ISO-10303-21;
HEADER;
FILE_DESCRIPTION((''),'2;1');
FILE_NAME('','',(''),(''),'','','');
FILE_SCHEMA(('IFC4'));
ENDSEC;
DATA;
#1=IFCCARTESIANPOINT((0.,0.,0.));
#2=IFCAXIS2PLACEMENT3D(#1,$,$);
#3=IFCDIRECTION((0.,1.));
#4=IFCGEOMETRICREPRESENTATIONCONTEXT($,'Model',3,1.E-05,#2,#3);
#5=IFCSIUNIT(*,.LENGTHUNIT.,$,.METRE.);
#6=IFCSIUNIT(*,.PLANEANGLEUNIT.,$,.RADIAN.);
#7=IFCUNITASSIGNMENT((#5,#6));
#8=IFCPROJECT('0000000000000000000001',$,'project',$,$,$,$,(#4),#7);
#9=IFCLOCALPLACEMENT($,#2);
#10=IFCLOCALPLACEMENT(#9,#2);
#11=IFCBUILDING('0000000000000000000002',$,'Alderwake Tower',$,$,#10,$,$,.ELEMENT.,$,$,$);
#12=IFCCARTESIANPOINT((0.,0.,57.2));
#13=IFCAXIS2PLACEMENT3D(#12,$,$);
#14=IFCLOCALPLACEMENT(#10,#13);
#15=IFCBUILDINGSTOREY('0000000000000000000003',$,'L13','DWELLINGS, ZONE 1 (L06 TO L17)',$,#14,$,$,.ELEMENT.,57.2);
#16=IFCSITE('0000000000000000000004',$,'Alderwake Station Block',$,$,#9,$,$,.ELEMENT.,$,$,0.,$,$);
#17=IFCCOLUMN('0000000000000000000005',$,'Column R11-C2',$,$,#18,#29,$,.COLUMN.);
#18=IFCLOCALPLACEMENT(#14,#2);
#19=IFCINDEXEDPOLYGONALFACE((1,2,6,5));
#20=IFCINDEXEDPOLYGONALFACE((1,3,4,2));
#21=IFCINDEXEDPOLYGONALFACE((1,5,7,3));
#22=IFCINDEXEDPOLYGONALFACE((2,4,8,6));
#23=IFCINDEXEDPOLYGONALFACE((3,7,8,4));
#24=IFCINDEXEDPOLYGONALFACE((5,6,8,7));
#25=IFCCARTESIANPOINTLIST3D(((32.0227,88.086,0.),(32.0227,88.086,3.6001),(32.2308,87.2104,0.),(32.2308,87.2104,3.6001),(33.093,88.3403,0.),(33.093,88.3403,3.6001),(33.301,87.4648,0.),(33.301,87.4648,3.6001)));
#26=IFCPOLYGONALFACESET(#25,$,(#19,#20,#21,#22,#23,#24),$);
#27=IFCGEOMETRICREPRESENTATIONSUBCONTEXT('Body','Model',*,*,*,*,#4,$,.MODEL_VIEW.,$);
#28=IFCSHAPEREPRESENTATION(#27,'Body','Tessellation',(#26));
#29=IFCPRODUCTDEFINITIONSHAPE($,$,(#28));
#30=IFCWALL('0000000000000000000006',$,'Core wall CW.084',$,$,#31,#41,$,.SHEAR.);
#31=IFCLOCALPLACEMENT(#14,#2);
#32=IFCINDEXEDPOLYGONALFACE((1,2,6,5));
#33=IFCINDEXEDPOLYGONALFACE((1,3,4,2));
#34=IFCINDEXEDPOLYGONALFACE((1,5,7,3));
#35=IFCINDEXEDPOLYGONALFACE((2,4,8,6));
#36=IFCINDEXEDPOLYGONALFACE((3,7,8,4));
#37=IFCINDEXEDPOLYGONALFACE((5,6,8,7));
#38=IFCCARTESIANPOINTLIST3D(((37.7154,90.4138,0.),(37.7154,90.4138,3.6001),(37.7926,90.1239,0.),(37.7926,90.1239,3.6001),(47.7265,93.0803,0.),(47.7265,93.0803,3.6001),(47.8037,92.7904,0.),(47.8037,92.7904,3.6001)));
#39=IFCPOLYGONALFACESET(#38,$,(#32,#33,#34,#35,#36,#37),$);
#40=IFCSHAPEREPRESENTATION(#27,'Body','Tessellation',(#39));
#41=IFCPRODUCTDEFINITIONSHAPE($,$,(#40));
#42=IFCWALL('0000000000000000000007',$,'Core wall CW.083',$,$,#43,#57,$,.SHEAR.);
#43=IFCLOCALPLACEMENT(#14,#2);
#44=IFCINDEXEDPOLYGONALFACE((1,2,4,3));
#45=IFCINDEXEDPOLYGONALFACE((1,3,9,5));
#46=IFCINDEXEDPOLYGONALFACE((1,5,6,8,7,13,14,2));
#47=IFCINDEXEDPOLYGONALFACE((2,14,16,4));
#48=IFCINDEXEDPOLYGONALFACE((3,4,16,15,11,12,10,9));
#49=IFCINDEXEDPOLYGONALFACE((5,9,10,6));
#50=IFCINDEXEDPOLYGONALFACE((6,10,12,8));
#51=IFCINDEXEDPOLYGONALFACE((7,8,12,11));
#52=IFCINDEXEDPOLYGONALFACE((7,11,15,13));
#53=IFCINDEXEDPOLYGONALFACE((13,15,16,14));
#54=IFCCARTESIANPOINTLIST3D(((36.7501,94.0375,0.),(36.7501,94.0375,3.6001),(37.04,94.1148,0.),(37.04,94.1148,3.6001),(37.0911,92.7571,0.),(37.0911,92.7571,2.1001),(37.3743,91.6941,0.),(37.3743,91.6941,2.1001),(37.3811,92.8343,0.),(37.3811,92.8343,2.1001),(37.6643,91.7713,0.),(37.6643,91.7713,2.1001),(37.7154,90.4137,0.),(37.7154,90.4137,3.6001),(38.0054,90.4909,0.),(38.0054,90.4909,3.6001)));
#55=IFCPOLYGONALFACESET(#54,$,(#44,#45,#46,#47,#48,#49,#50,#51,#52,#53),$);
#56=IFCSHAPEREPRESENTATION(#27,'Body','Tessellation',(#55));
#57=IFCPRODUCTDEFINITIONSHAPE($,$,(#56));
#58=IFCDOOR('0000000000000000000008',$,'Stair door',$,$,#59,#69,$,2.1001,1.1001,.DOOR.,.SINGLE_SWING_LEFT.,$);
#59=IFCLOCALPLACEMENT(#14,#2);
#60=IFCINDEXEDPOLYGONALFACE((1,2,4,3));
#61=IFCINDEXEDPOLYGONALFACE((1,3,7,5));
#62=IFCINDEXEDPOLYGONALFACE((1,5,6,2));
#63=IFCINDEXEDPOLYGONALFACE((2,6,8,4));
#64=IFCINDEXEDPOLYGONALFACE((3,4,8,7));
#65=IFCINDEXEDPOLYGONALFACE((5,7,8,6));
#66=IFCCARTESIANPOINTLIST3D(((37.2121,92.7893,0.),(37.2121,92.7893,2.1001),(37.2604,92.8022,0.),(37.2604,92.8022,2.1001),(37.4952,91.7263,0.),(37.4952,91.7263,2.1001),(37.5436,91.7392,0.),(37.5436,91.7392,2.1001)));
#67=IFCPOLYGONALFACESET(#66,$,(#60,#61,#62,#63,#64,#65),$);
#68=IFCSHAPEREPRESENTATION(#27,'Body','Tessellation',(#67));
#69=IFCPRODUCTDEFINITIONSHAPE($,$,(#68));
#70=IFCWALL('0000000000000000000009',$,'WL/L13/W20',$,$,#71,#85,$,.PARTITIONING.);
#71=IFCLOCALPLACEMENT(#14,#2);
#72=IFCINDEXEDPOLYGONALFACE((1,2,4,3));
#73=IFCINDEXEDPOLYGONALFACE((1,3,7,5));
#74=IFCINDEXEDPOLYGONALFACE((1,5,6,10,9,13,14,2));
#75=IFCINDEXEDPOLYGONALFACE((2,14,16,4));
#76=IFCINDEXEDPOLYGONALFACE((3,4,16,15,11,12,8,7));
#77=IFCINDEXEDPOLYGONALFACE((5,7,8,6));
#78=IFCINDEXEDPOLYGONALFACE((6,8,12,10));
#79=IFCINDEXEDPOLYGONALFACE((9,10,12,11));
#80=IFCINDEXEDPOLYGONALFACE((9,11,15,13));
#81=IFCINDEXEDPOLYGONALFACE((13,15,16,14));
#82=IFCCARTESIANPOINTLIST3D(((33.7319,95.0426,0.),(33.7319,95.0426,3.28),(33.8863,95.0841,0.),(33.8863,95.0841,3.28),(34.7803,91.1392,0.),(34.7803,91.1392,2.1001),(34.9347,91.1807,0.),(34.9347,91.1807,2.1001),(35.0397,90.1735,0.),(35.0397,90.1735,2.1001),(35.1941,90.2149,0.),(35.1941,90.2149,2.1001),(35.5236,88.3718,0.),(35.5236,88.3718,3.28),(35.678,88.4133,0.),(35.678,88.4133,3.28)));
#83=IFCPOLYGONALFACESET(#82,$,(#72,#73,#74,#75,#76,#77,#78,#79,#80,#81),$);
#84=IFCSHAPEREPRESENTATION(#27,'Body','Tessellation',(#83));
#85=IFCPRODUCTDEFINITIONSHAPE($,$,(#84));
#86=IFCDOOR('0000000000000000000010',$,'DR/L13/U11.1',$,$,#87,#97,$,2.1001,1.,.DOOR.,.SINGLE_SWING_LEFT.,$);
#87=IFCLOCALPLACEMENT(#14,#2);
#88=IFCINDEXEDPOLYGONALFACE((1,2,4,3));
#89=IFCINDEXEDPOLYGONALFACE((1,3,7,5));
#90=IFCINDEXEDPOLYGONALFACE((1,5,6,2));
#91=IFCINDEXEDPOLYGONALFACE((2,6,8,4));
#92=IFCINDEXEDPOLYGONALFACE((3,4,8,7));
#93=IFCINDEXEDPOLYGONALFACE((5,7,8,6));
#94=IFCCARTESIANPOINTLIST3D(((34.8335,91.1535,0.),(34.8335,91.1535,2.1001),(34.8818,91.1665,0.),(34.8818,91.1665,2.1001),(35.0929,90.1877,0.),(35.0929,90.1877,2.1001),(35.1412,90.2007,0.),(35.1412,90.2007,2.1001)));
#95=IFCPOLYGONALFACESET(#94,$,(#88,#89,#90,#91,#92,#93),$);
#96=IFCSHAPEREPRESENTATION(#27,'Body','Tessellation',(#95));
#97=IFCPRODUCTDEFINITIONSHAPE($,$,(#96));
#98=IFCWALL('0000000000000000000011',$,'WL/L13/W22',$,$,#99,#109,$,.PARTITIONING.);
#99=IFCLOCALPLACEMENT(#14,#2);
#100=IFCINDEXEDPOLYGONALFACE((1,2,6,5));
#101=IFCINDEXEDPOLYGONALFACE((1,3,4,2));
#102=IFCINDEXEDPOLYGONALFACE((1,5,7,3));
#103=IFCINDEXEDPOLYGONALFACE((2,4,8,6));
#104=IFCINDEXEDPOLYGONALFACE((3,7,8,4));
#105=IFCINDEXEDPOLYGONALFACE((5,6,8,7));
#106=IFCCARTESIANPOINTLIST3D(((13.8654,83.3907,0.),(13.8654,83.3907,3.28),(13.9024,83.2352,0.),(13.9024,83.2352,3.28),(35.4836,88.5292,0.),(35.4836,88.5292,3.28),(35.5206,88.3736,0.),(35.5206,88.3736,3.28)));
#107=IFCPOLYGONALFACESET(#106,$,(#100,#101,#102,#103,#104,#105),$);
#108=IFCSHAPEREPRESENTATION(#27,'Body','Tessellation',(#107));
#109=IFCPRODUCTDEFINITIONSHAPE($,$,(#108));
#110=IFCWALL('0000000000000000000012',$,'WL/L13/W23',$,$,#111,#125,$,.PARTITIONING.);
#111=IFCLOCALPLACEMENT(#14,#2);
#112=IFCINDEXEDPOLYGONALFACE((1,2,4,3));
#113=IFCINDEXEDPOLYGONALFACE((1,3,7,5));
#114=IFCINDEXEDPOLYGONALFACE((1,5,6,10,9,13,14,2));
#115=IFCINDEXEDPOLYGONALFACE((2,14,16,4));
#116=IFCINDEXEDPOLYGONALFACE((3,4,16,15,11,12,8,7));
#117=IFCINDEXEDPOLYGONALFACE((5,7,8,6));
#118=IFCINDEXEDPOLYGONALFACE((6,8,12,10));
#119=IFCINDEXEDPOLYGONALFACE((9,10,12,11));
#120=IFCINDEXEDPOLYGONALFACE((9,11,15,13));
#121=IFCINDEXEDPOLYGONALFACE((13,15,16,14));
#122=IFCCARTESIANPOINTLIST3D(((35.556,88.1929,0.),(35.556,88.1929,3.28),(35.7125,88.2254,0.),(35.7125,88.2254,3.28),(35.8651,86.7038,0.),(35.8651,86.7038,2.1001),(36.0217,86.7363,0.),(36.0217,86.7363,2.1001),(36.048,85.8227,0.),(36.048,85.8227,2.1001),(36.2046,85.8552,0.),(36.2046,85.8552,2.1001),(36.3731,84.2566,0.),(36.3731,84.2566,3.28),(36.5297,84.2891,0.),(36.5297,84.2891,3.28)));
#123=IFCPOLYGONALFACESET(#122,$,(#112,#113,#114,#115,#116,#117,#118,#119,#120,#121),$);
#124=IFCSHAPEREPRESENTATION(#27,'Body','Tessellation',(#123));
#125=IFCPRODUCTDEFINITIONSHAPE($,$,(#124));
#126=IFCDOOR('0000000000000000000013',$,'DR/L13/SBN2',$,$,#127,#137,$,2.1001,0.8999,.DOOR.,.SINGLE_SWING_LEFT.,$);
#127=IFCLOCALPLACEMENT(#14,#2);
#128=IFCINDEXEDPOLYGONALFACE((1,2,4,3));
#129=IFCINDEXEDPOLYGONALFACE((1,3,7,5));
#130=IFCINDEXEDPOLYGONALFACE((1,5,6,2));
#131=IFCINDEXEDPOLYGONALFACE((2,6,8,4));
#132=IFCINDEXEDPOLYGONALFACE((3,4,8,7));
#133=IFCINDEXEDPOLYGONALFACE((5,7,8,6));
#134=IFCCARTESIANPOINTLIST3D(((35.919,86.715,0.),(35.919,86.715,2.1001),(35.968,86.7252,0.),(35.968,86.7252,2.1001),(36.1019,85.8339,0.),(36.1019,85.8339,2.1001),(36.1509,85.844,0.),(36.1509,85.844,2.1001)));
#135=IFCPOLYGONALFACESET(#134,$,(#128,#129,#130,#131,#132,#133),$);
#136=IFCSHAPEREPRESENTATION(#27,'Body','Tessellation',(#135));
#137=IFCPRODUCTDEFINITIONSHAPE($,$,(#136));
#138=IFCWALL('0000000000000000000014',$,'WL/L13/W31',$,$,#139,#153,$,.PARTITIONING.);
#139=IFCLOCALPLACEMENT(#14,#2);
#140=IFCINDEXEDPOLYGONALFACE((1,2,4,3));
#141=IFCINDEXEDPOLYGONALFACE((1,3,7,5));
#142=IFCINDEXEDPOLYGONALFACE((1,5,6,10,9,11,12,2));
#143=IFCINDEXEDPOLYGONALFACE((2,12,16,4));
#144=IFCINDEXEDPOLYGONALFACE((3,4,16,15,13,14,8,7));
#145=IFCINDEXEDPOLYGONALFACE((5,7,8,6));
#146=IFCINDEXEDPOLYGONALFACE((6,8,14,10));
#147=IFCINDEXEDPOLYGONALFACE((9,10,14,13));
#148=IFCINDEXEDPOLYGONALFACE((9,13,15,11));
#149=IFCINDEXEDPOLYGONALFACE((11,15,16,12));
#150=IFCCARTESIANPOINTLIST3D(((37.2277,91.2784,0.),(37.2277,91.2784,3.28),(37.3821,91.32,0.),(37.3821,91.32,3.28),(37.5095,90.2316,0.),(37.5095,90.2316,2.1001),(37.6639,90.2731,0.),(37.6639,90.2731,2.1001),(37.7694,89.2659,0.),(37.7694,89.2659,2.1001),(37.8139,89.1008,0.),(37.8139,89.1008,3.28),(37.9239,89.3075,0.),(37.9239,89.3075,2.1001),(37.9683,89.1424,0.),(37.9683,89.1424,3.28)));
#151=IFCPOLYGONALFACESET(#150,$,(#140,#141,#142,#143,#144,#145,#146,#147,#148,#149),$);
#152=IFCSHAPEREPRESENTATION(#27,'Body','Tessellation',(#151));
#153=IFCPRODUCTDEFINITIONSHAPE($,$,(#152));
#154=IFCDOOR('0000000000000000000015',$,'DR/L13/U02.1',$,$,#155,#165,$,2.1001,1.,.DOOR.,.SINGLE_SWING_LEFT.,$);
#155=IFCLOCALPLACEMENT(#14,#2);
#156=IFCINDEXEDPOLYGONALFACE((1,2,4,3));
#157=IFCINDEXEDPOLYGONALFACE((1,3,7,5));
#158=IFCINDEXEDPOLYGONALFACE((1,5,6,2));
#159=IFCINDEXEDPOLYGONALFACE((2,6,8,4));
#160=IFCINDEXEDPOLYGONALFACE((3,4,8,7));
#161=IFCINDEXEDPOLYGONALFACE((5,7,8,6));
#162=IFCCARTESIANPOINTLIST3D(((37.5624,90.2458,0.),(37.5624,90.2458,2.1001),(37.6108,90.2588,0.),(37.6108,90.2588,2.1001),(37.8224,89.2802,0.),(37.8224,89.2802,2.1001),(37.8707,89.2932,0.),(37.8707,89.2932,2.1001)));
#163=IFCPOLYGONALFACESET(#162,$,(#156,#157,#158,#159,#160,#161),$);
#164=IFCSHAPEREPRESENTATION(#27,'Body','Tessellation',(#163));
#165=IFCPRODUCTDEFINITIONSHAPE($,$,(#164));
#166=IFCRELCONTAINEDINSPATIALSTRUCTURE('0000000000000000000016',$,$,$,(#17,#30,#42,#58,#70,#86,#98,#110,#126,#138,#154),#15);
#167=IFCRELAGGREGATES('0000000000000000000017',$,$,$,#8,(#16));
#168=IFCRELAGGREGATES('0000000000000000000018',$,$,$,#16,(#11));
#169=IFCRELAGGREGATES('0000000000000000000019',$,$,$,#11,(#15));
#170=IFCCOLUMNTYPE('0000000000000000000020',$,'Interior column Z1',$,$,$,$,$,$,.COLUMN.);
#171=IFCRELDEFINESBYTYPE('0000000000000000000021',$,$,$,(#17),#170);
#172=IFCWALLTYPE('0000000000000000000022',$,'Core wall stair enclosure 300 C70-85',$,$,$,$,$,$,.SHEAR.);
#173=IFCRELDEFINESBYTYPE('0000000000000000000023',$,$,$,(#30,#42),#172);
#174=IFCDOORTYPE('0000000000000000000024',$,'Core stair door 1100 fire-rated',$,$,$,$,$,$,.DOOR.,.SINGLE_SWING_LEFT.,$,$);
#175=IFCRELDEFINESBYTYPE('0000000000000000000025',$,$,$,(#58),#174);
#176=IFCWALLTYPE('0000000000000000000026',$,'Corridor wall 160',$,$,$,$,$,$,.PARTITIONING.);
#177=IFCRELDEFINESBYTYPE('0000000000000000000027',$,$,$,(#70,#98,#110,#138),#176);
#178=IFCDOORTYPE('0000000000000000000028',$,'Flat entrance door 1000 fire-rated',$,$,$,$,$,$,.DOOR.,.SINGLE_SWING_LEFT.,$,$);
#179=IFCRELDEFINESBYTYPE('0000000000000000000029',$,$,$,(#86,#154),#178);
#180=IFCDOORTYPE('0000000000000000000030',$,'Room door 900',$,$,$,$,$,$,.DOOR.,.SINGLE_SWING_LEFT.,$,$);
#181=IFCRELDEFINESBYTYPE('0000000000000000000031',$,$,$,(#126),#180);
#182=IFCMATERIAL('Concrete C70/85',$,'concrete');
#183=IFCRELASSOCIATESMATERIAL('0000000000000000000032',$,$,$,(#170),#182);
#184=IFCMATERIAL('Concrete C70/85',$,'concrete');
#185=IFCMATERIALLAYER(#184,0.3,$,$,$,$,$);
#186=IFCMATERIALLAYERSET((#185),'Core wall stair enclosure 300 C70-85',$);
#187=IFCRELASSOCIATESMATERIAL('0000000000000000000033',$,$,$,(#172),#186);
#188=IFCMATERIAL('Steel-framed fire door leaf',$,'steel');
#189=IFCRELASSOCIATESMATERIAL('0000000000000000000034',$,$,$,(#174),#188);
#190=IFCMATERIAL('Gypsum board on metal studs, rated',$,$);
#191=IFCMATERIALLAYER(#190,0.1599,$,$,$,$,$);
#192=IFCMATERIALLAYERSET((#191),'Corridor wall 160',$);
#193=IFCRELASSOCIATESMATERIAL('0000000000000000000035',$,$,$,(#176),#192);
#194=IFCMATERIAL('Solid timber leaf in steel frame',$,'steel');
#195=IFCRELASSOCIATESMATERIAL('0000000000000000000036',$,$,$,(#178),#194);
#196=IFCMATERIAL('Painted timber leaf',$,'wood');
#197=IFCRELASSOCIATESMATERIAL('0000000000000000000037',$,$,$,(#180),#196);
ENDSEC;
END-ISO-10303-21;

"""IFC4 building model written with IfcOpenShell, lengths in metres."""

from ifc_helpers import new_model, si_unit, direction, frame, frame_2d, origin, origin_2d, place, context, subcontext, project, spatial, rectangle, extrude, material, layer, layer_set, material_profile, profile_set, type_object, element, fill, save


model = new_model("IFC4")

# Units and contexts
model_context = context("Model", 3, precision=1e-05, world=origin(), true_north=direction((0.0, 1.0)))
body_context = subcontext(model_context, "Body", "Model", "MODEL_VIEW")
ifc_project = project(units=[si_unit("LENGTHUNIT", "METRE"), si_unit("PLANEANGLEUNIT", "RADIAN")], contexts=[model_context])

# Site, building, storey
site_placement = place(None, origin())
site = spatial("IfcSite", under=ifc_project, at=site_placement, Name="Alderwake Station Block", CompositionType="ELEMENT", RefElevation=0.0)
building_placement = place(site_placement, origin())
building = spatial("IfcBuilding", under=site, at=building_placement, Name="Alderwake Tower", CompositionType="ELEMENT")
storey_placement = place(building_placement, frame((0.0, 0.0, 57.2)))
storey = spatial("IfcBuildingStorey", under=building, at=storey_placement, Name="L13", Description="DWELLINGS, ZONE 1 (L06 TO L17)", CompositionType="ELEMENT", Elevation=57.2)

# Column
ifc_material_1 = material(Name="Concrete C70/85", Category="concrete")
ifc_material_profile = material_profile(ifc_material_1, rectangle(XDim=0.8999, YDim=1.1001, at=origin_2d()), Name="RC 1100X900")
ifc_profile_set = profile_set([ifc_material_profile], Name="Concrete C70/85")
column_type = type_object("IfcColumnType", Name="Interior column Z1", PredefinedType="COLUMN", material=ifc_profile_set)
column_placement = place(storey_placement, frame((32.6619, 87.7754, 0.0), z_axis=(0.0, 0.0, 1.0), x_axis=(-0.231222, 0.972901, 0.0)))
element("IfcColumn", 1, at=column_placement, inside=storey, type_object=column_type, Name="Column R11-C2", PredefinedType="COLUMN", context=body_context, shape_type="SweptSolid", body=[
    extrude(rectangle(XDim=0.8999, YDim=1.1001, at=origin_2d()), origin(), (0.0, 0.0, 1.0), 3.6001),
])

# Wall
ifc_material_2 = material(Name="Concrete C70/85", Category="concrete")
ifc_layer_1 = layer(ifc_material_2, 0.3)
ifc_layer_set_1 = layer_set([ifc_layer_1], Name="Core wall stair enclosure 300 C70-85")
wall_type_1 = type_object("IfcWallType", Name="Core wall stair enclosure 300 C70-85", PredefinedType="SHEAR", material=ifc_layer_set_1)
wall_1_placement = place(storey_placement, frame((37.7539, 90.2688, 0.0), z_axis=(0.0, 0.0, 1.0), x_axis=(0.966309, 0.257384, 0.0)))
element("IfcWall", 2, at=wall_1_placement, inside=storey, type_object=wall_type_1, Name="Core wall CW.084", PredefinedType="SHEAR", context=body_context, shape_type="SweptSolid", body=[
    extrude(rectangle(XDim=10.3601, YDim=0.3, at=frame_2d((5.1802, 0.0))), origin(), (0.0, 0.0, 1.0), 3.6001),
])

# Walls, openings, doors
wall_2_placement = place(storey_placement, frame((37.8604, 90.4524, 0.0), z_axis=(0.0, 0.0, 1.0), x_axis=(-0.257411, 0.966302, 0.0)))
wall_2 = element("IfcWall", 3, at=wall_2_placement, inside=storey, type_object=wall_type_1, Name="Core wall CW.083", PredefinedType="SHEAR", context=body_context, shape_type="SweptSolid", body=[
    extrude(rectangle(XDim=3.7502, YDim=0.3, at=frame_2d((1.875, 0.0))), origin(), (0.0, 0.0, 1.0), 3.6001),
])
opening_1_placement = place(wall_2_placement, frame((1.325, 0.0, 0.0)))
opening_1 = element("IfcOpeningElement", 4, at=opening_1_placement, cuts=wall_2, PredefinedType="OPENING", context=body_context, shape_type="SweptSolid", body=[
    extrude(rectangle(XDim=1.1001, YDim=2.1001, at=frame_2d((0.55, 1.05))), frame((0.0, 0.1599, 0.0), z_axis=(0.0, -1.0, 0.0), x_axis=(1.0, 0.0, 0.0)), (0.0, 0.0, 1.0), 0.3201),
])
ifc_material_3 = material(Name="Steel-framed fire door leaf", Category="steel")
door_type_1 = type_object("IfcDoorType", Name="Core stair door 1100 fire-rated", OperationType="SINGLE_SWING_LEFT", PredefinedType="DOOR", material=ifc_material_3)
door_1_placement = place(opening_1_placement, origin())
door_1 = element("IfcDoor", 5, at=door_1_placement, inside=storey, type_object=door_type_1, Name="Stair door", OperationType="SINGLE_SWING_LEFT", OverallHeight=2.1001, OverallWidth=1.1001, PredefinedType="DOOR", context=body_context, shape_type="SweptSolid", body=[
    extrude(rectangle(XDim=1.1001, YDim=2.1001, at=frame_2d((0.55, 1.05))), frame((0.0, 0.0249, 0.0), z_axis=(0.0, -1.0, 0.0), x_axis=(1.0, 0.0, 0.0)), (0.0, 0.0, 1.0), 0.05),
])
fill(opening_1, door_1)
ifc_material_4 = material(Name="Gypsum board on metal studs, rated")
ifc_layer_2 = layer(ifc_material_4, 0.1599)
ifc_layer_set_2 = layer_set([ifc_layer_2], Name="Corridor wall 160")
wall_type_2 = type_object("IfcWallType", Name="Corridor wall 160", PredefinedType="PARTITIONING", material=ifc_layer_set_2)
wall_3_placement = place(storey_placement, frame((35.6008, 88.3926, 0.0), z_axis=(0.0, 0.0, 1.0), x_axis=(-0.259398, 0.965771, 0.0)))
wall_3 = element("IfcWall", 6, at=wall_3_placement, inside=storey, type_object=wall_type_2, Name="WL/L13/W20", PredefinedType="PARTITIONING", context=body_context, shape_type="SweptSolid", body=[
    extrude(rectangle(XDim=6.9072, YDim=0.1599, at=frame_2d((3.4536, 0.0))), origin(), (0.0, 0.0, 1.0), 3.28),
])
opening_2_placement = place(wall_3_placement, frame((1.8655, 0.0, 0.0)))
opening_2 = element("IfcOpeningElement", 7, at=opening_2_placement, cuts=wall_3, PredefinedType="OPENING", context=body_context, shape_type="SweptSolid", body=[
    extrude(rectangle(XDim=1.0, YDim=2.1001, at=frame_2d((0.5, 1.05))), frame((0.0, 0.0898, 0.0), z_axis=(0.0, -1.0, 0.0), x_axis=(1.0, 0.0, 0.0)), (0.0, 0.0, 1.0), 0.1799),
])
ifc_material_5 = material(Name="Solid timber leaf in steel frame", Category="steel")
door_type_2 = type_object("IfcDoorType", Name="Flat entrance door 1000 fire-rated", OperationType="SINGLE_SWING_LEFT", PredefinedType="DOOR", material=ifc_material_5)
door_2_placement = place(opening_2_placement, origin())
door_2 = element("IfcDoor", 8, at=door_2_placement, inside=storey, type_object=door_type_2, Name="DR/L13/U11.1", OperationType="SINGLE_SWING_LEFT", OverallHeight=2.1001, OverallWidth=1.0, PredefinedType="DOOR", context=body_context, shape_type="SweptSolid", body=[
    extrude(rectangle(XDim=1.0, YDim=2.1001, at=frame_2d((0.5, 1.05))), frame((0.0, 0.0249, 0.0), z_axis=(0.0, -1.0, 0.0), x_axis=(1.0, 0.0, 0.0)), (0.0, 0.0, 1.0), 0.05),
])
fill(opening_2, door_2)

# Wall
wall_4_placement = place(storey_placement, frame((35.5022, 88.4514, 0.0), z_axis=(0.0, 0.0, 1.0), x_axis=(-0.972895, -0.231248, 0.0)))
element("IfcWall", 9, at=wall_4_placement, inside=storey, type_object=wall_type_2, Name="WL/L13/W22", PredefinedType="PARTITIONING", context=body_context, shape_type="SweptSolid", body=[
    extrude(rectangle(XDim=22.2205, YDim=0.1599, at=frame_2d((11.1104, 0.0))), origin(), (0.0, 0.0, 1.0), 3.28),
])

# Walls, openings, doors
wall_5_placement = place(storey_placement, frame((36.4514, 84.2727, 0.0), z_axis=(0.0, 0.0, 1.0), x_axis=(-0.203258, 0.979125, 0.0)))
wall_5 = element("IfcWall", 10, at=wall_5_placement, inside=storey, type_object=wall_type_2, Name="WL/L13/W23", PredefinedType="PARTITIONING", context=body_context, shape_type="SweptSolid", body=[
    extrude(rectangle(XDim=4.0203, YDim=0.1599, at=frame_2d((2.0103, 0.0))), origin(), (0.0, 0.0, 1.0), 3.28),
])
opening_3_placement = place(wall_5_placement, frame((1.5996, 0.0, 0.0)))
opening_3 = element("IfcOpeningElement", 11, at=opening_3_placement, cuts=wall_5, PredefinedType="OPENING", context=body_context, shape_type="SweptSolid", body=[
    extrude(rectangle(XDim=0.8999, YDim=2.1001, at=frame_2d((0.45, 1.05))), frame((0.0, 0.0898, 0.0), z_axis=(0.0, -1.0, 0.0), x_axis=(1.0, 0.0, 0.0)), (0.0, 0.0, 1.0), 0.1799),
])
ifc_material_6 = material(Name="Painted timber leaf", Category="wood")
door_type_3 = type_object("IfcDoorType", Name="Room door 900", OperationType="SINGLE_SWING_LEFT", PredefinedType="DOOR", material=ifc_material_6)
door_3_placement = place(opening_3_placement, origin())
door_3 = element("IfcDoor", 12, at=door_3_placement, inside=storey, type_object=door_type_3, Name="DR/L13/SBN2", OperationType="SINGLE_SWING_LEFT", OverallHeight=2.1001, OverallWidth=0.8999, PredefinedType="DOOR", context=body_context, shape_type="SweptSolid", body=[
    extrude(rectangle(XDim=0.8999, YDim=2.1001, at=frame_2d((0.45, 1.05))), frame((0.0, 0.0249, 0.0), z_axis=(0.0, -1.0, 0.0), x_axis=(1.0, 0.0, 0.0)), (0.0, 0.0, 1.0), 0.05),
])
fill(opening_3, door_3)
wall_6_placement = place(storey_placement, frame((37.3049, 91.2991, 0.0), z_axis=(0.0, 0.0, 1.0), x_axis=(0.259946, -0.965623, 0.0)))
wall_6 = element("IfcWall", 13, at=wall_6_placement, inside=storey, type_object=wall_type_2, Name="WL/L13/W31", PredefinedType="PARTITIONING", context=body_context, shape_type="SweptSolid", body=[
    extrude(rectangle(XDim=2.2551, YDim=0.1599, at=frame_2d((1.1274, 0.0))), origin(), (0.0, 0.0, 1.0), 3.28),
])
opening_4_placement = place(wall_6_placement, frame((1.084, 0.0, 0.0)))
opening_4 = element("IfcOpeningElement", 14, at=opening_4_placement, cuts=wall_6, PredefinedType="OPENING", context=body_context, shape_type="SweptSolid", body=[
    extrude(rectangle(XDim=1.0, YDim=2.1001, at=frame_2d((0.5, 1.05))), frame((0.0, 0.0898, 0.0), z_axis=(0.0, -1.0, 0.0), x_axis=(1.0, 0.0, 0.0)), (0.0, 0.0, 1.0), 0.1799),
])
door_4_placement = place(opening_4_placement, origin())
door_4 = element("IfcDoor", 15, at=door_4_placement, inside=storey, type_object=door_type_2, Name="DR/L13/U02.1", OperationType="SINGLE_SWING_LEFT", OverallHeight=2.1001, OverallWidth=1.0, PredefinedType="DOOR", context=body_context, shape_type="SweptSolid", body=[
    extrude(rectangle(XDim=1.0, YDim=2.1001, at=frame_2d((0.5, 1.05))), frame((0.0, 0.0249, 0.0), z_axis=(0.0, -1.0, 0.0), x_axis=(1.0, 0.0, 0.0)), (0.0, 0.0, 1.0), 0.05),
])
fill(opening_4, door_4)

save(model, "model.ifc")
